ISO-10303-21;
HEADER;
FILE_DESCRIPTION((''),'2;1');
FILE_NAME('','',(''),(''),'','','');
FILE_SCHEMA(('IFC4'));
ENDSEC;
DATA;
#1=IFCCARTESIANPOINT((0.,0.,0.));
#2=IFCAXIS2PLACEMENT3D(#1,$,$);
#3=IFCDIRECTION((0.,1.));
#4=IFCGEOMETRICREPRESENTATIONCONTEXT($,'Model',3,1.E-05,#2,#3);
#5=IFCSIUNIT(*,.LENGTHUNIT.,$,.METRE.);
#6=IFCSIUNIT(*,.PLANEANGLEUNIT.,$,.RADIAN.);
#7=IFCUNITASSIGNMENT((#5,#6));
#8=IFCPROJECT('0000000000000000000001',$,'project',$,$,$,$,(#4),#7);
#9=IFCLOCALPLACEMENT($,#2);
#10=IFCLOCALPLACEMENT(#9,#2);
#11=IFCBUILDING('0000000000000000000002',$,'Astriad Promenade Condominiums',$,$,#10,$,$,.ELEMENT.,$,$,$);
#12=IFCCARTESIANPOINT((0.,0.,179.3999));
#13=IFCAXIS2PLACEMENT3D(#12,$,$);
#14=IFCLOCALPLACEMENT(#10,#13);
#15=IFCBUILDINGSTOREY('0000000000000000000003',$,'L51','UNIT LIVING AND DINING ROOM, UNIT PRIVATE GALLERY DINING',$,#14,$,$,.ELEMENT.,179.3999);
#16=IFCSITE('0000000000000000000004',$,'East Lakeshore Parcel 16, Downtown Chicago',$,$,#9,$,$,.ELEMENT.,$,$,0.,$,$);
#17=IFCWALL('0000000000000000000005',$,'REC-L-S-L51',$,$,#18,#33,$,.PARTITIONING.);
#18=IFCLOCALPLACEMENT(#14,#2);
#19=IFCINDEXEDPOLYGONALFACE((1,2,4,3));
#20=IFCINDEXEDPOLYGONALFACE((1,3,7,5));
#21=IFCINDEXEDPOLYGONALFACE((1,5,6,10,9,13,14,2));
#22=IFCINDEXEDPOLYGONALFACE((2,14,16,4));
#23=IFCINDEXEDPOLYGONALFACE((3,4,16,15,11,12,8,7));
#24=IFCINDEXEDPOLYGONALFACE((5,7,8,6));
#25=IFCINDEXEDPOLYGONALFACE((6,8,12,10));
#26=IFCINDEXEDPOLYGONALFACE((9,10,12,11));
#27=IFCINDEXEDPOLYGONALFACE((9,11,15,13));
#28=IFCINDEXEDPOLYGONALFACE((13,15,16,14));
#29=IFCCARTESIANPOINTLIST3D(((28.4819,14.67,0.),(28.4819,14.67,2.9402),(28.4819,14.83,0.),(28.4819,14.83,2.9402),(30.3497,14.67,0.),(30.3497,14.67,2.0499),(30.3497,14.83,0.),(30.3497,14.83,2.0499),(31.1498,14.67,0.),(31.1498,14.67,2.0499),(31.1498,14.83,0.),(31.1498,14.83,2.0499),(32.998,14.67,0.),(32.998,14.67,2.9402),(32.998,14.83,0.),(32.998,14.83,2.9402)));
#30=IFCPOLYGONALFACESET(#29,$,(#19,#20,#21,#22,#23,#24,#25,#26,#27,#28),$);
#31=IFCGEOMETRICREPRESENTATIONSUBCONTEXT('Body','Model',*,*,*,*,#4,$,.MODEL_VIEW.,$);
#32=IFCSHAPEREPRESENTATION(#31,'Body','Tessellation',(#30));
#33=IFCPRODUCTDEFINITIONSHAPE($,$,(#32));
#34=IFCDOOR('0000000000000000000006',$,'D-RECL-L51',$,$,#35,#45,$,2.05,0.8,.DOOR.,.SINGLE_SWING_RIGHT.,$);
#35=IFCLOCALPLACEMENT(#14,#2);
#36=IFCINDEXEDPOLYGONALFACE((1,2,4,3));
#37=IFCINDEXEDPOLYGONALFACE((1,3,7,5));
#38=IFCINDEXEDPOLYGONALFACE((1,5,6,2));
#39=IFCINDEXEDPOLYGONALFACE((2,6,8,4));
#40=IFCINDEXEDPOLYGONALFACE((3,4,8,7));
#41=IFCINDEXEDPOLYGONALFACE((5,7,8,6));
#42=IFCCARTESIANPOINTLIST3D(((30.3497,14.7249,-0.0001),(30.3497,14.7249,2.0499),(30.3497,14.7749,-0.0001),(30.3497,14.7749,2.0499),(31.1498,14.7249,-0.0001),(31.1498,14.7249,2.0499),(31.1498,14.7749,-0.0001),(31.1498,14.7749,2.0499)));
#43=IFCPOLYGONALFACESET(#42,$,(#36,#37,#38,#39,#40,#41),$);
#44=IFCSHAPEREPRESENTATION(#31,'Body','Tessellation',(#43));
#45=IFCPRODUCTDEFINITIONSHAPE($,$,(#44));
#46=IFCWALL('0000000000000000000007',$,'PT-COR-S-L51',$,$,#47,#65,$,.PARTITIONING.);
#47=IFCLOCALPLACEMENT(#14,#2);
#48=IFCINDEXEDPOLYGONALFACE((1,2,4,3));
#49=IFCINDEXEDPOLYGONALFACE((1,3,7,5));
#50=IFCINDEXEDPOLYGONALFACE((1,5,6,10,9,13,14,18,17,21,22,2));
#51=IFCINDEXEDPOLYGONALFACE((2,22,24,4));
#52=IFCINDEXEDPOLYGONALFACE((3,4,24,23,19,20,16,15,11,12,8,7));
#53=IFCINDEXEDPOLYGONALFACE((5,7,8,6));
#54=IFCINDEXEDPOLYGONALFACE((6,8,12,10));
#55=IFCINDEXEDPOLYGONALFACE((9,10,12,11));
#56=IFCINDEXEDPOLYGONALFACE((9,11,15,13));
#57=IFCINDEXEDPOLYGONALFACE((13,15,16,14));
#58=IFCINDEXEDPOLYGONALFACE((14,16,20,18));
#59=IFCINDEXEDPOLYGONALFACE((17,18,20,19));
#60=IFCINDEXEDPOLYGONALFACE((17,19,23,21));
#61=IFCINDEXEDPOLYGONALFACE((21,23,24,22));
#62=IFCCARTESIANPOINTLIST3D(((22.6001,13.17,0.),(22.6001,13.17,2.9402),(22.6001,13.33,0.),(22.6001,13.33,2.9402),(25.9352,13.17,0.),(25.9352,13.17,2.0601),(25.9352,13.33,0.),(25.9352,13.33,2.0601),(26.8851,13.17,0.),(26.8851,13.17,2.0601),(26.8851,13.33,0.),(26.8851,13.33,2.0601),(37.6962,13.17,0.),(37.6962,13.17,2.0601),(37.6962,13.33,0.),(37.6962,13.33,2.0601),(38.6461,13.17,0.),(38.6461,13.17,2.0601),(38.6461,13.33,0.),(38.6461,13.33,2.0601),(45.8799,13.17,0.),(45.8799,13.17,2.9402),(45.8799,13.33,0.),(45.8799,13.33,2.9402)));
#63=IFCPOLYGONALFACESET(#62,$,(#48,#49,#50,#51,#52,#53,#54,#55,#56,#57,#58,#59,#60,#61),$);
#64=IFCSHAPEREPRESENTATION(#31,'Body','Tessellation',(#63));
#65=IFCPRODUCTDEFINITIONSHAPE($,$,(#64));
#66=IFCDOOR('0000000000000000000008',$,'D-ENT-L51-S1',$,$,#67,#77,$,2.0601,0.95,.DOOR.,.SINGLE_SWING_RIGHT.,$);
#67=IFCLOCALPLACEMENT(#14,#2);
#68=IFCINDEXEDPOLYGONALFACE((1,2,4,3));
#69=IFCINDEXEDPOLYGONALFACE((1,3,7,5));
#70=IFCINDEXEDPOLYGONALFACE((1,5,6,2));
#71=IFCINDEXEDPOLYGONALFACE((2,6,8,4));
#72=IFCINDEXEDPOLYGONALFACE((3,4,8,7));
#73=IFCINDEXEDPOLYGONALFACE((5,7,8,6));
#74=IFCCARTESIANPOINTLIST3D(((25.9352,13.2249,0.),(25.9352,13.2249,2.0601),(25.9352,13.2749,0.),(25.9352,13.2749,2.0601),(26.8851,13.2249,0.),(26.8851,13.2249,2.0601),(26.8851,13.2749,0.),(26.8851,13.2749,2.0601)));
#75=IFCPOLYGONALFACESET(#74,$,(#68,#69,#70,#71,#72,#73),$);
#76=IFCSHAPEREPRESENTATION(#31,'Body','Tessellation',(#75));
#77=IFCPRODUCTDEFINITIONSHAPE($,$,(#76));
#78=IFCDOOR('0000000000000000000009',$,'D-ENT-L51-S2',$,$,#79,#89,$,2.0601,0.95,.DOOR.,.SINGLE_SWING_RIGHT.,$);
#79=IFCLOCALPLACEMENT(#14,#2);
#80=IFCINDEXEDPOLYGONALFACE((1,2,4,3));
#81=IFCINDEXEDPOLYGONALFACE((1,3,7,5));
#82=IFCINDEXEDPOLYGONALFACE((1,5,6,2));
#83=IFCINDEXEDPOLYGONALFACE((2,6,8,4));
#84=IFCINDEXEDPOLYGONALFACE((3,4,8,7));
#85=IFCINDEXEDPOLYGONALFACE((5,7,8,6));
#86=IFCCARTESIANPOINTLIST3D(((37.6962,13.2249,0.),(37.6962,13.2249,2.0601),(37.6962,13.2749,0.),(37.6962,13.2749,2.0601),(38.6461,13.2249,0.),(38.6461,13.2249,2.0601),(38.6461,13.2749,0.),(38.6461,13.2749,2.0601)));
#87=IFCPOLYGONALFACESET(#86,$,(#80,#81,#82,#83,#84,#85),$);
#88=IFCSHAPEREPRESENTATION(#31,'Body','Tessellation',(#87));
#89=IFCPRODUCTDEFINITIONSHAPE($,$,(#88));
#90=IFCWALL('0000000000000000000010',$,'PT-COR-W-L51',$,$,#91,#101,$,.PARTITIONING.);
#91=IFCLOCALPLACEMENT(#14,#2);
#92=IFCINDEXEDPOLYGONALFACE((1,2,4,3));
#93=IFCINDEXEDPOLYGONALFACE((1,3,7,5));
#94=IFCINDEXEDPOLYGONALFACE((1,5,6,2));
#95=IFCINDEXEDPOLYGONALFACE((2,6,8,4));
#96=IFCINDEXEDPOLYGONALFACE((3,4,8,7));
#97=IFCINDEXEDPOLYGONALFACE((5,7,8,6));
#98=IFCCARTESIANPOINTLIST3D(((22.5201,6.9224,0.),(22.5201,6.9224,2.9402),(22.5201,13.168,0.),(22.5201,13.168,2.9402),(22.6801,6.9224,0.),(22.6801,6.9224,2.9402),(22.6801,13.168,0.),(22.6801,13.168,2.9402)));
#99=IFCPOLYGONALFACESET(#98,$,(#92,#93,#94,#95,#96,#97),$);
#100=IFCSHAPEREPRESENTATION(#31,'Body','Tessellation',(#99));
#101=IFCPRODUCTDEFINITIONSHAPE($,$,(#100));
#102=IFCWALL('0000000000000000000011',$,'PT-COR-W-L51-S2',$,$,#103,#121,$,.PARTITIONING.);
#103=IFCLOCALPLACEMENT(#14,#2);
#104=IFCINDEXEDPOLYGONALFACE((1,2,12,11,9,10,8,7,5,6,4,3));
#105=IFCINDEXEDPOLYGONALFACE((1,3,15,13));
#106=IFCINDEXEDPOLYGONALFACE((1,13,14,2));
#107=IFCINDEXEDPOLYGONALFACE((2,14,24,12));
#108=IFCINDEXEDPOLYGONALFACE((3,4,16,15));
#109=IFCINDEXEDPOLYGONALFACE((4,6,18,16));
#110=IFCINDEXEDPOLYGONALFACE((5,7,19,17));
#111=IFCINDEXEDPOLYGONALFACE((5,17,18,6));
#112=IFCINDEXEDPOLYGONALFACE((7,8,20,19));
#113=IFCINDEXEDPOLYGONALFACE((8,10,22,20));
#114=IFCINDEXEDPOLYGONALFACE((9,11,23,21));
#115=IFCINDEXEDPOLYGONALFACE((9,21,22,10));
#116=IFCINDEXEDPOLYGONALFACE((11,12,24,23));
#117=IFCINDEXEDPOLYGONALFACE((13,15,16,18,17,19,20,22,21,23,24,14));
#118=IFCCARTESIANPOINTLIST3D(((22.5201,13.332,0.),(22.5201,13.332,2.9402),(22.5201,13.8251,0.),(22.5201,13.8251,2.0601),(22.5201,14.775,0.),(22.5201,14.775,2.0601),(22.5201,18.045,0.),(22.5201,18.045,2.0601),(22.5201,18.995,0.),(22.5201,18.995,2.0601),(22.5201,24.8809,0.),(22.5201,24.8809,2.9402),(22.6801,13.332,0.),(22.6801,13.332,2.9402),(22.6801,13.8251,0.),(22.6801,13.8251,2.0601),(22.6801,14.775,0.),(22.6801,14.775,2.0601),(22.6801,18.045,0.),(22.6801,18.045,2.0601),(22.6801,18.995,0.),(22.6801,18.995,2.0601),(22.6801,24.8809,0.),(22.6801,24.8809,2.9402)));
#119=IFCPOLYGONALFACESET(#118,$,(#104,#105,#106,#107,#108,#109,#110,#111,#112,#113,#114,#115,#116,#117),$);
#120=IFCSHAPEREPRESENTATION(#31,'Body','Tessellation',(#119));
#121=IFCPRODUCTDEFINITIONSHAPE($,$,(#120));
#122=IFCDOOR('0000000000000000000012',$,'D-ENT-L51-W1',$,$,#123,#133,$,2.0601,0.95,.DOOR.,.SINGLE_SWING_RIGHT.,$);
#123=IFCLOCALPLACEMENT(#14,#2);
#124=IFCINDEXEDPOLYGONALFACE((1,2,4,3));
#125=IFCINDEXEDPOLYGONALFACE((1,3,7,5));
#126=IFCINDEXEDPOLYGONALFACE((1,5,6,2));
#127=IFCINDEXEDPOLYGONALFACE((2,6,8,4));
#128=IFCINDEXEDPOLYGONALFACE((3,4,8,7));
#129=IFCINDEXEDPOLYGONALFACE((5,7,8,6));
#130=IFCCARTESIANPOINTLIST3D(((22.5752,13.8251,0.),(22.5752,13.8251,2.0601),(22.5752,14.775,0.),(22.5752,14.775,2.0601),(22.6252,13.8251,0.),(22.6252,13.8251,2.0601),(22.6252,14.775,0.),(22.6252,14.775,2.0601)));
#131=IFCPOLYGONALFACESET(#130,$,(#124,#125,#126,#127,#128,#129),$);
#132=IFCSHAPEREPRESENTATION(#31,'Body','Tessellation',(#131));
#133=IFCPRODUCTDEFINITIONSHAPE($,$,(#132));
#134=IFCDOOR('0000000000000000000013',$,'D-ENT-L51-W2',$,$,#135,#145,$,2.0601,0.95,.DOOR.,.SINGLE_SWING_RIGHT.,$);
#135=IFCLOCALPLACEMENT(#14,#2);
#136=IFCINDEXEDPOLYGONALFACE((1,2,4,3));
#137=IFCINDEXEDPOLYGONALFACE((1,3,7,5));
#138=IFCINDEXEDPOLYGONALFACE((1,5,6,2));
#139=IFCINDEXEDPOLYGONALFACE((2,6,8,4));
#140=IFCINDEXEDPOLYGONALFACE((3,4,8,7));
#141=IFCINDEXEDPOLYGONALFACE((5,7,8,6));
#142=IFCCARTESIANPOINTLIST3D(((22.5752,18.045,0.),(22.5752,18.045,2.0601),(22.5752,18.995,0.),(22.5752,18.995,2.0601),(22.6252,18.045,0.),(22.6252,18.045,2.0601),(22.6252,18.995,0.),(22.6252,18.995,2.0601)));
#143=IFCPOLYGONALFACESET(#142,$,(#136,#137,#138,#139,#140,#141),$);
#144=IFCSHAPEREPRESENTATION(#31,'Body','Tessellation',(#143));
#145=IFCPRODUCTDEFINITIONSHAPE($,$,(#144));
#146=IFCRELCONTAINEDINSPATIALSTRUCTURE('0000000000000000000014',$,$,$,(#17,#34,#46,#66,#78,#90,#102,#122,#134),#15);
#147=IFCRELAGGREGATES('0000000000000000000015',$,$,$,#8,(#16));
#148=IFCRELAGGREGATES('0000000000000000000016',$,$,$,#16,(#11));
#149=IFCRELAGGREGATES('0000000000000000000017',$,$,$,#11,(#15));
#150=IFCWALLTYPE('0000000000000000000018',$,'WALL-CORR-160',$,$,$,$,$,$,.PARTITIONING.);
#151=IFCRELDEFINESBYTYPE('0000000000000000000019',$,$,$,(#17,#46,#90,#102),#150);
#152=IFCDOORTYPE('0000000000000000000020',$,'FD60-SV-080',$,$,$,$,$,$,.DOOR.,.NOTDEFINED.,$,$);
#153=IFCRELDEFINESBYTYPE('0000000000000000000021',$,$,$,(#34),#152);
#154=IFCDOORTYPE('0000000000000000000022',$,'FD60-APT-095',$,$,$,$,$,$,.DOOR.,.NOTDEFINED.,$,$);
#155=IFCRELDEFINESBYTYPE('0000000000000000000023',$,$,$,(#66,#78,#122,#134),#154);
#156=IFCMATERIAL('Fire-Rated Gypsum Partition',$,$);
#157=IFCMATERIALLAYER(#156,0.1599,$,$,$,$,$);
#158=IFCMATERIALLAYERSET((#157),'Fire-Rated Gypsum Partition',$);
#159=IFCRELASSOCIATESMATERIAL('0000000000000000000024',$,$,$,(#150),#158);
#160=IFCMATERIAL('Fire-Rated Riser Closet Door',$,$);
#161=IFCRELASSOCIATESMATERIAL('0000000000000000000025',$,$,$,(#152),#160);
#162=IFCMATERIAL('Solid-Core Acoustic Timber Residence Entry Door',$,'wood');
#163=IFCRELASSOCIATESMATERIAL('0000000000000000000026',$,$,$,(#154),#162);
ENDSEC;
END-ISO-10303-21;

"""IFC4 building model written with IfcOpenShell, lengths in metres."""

from ifc_helpers import new_model, si_unit, direction, frame, frame_2d, origin, place, context, subcontext, project, spatial, rectangle, extrude, source, transform, mapped, material, layer, layer_set, type_object, type_shapes, element, fill, save


model = new_model("IFC4")

# Units and contexts
model_context = context("Model", 3, precision=1e-05, world=origin(), true_north=direction((0.0, 1.0)))
body_context = subcontext(model_context, "Body", "Model", "MODEL_VIEW")
ifc_project = project(units=[si_unit("LENGTHUNIT", "METRE"), si_unit("PLANEANGLEUNIT", "RADIAN")], contexts=[model_context])

# Site, building, storey
site_placement = place(None, origin())
site = spatial("IfcSite", under=ifc_project, at=site_placement, Name="East Lakeshore Parcel 16, Downtown Chicago", CompositionType="ELEMENT", RefElevation=0.0)
building_placement = place(site_placement, origin())
building = spatial("IfcBuilding", under=site, at=building_placement, Name="Astriad Promenade Condominiums", CompositionType="ELEMENT")
storey_placement = place(building_placement, frame((0.0, 0.0, 179.3999)))
storey = spatial("IfcBuildingStorey", under=building, at=storey_placement, Name="L51", Description="UNIT LIVING AND DINING ROOM, UNIT PRIVATE GALLERY DINING", CompositionType="ELEMENT", Elevation=179.3999)

# Shared definitions
ifc_material_1 = material(Name="Fire-Rated Gypsum Partition")
ifc_layer_1 = layer(ifc_material_1, 0.1599)
ifc_layer_set_1 = layer_set([ifc_layer_1], Name="Fire-Rated Gypsum Partition")
wall_type_1 = type_object("IfcWallType", Name="WALL-CORR-160", PredefinedType="PARTITIONING", material=ifc_layer_set_1)

# Wall, opening, door
wall_1_placement = place(storey_placement, frame((28.4819, 14.75, 0.0), z_axis=(0.0, 0.0, 1.0), x_axis=(1.0, 0.0, 0.0)))
wall_1 = element("IfcWall", 1, at=wall_1_placement, inside=storey, type_object=wall_type_1, Name="REC-L-S-L51", PredefinedType="PARTITIONING", context=body_context, shape_type="SweptSolid", body=[
    extrude(rectangle(XDim=4.5161, YDim=0.1599, at=frame_2d((2.2581, 0.0))), origin(), (0.0, 0.0, 1.0), 2.9402),
])
opening_1_placement = place(wall_1_placement, frame((1.8679, 0.0, 0.0)))
opening_1 = element("IfcOpeningElement", 2, at=opening_1_placement, cuts=wall_1, PredefinedType="OPENING", context=body_context, shape_type="SweptSolid", body=[
    extrude(rectangle(XDim=0.8, YDim=2.05, at=frame_2d((0.3999, 1.0249))), frame((0.0, 0.0898, 0.0), z_axis=(0.0, -1.0, 0.0), x_axis=(1.0, 0.0, 0.0)), (0.0, 0.0, 1.0), 0.1799),
])
ifc_material_2 = material(Name="Fire-Rated Riser Closet Door")
door_type_1 = type_object("IfcDoorType", Name="FD60-SV-080", OperationType="NOTDEFINED", PredefinedType="DOOR", material=ifc_material_2)
shared_shape_1 = source(origin(), body_context, "Body", "SweptSolid", [
    extrude(rectangle(XDim=0.8, YDim=2.05, at=frame_2d((0.3999, 1.0249))), frame((0.0, 0.0249, 0.0), z_axis=(0.0, -1.0, 0.0), x_axis=(1.0, 0.0, 0.0)), (0.0, 0.0, 1.0), 0.05),
])
type_shapes(door_type_1, [shared_shape_1])
door_1_placement = place(opening_1_placement, origin())
door_1 = element("IfcDoor", 3, at=door_1_placement, inside=storey, type_object=door_type_1, Name="D-RECL-L51", OperationType="SINGLE_SWING_RIGHT", OverallHeight=2.05, OverallWidth=0.8, PredefinedType="DOOR", context=body_context, shape_type="MappedRepresentation", body=[
    mapped(shared_shape_1, transform((0.0, 0.0, 0.0), scale=1.0)),
])
fill(opening_1, door_1)

# Wall, openings, doors
wall_2_placement = place(storey_placement, frame((22.6001, 13.25, 0.0), z_axis=(0.0, 0.0, 1.0), x_axis=(1.0, 0.0, 0.0)))
wall_2 = element("IfcWall", 4, at=wall_2_placement, inside=storey, type_object=wall_type_1, Name="PT-COR-S-L51", PredefinedType="PARTITIONING", context=body_context, shape_type="SweptSolid", body=[
    extrude(rectangle(XDim=23.2798, YDim=0.1599, at=frame_2d((11.6399, 0.0))), origin(), (0.0, 0.0, 1.0), 2.9402),
])
opening_2_placement = place(wall_2_placement, frame((3.335, 0.0, 0.0)))
opening_2 = element("IfcOpeningElement", 5, at=opening_2_placement, cuts=wall_2, PredefinedType="OPENING", context=body_context, shape_type="SweptSolid", body=[
    extrude(rectangle(XDim=0.95, YDim=2.0601, at=frame_2d((0.4751, 1.03))), frame((0.0, 0.0898, 0.0), z_axis=(0.0, -1.0, 0.0), x_axis=(1.0, 0.0, 0.0)), (0.0, 0.0, 1.0), 0.1799),
])
opening_3_placement = place(wall_2_placement, frame((15.0959, 0.0, 0.0)))
opening_3 = element("IfcOpeningElement", 6, at=opening_3_placement, cuts=wall_2, PredefinedType="OPENING", context=body_context, shape_type="SweptSolid", body=[
    extrude(rectangle(XDim=0.95, YDim=2.0601, at=frame_2d((0.4751, 1.03))), frame((0.0, 0.0898, 0.0), z_axis=(0.0, -1.0, 0.0), x_axis=(1.0, 0.0, 0.0)), (0.0, 0.0, 1.0), 0.1799),
])
ifc_material_3 = material(Name="Solid-Core Acoustic Timber Residence Entry Door", Category="wood")
door_type_2 = type_object("IfcDoorType", Name="FD60-APT-095", OperationType="NOTDEFINED", PredefinedType="DOOR", material=ifc_material_3)
shared_shape_2 = source(origin(), body_context, "Body", "SweptSolid", [
    extrude(rectangle(XDim=0.95, YDim=2.0601, at=frame_2d((0.4751, 1.03))), frame((0.0, 0.0249, 0.0), z_axis=(0.0, -1.0, 0.0), x_axis=(1.0, 0.0, 0.0)), (0.0, 0.0, 1.0), 0.05),
])
type_shapes(door_type_2, [shared_shape_2])
door_2_placement = place(opening_2_placement, origin())
door_2 = element("IfcDoor", 7, at=door_2_placement, inside=storey, type_object=door_type_2, Name="D-ENT-L51-S1", OperationType="SINGLE_SWING_RIGHT", OverallHeight=2.0601, OverallWidth=0.95, PredefinedType="DOOR", context=body_context, shape_type="MappedRepresentation", body=[
    mapped(shared_shape_2, transform((0.0, 0.0, 0.0), scale=1.0)),
])
fill(opening_2, door_2)
door_3_placement = place(opening_3_placement, origin())
door_3 = element("IfcDoor", 8, at=door_3_placement, inside=storey, type_object=door_type_2, Name="D-ENT-L51-S2", OperationType="SINGLE_SWING_RIGHT", OverallHeight=2.0601, OverallWidth=0.95, PredefinedType="DOOR", context=body_context, shape_type="MappedRepresentation", body=[
    mapped(shared_shape_2, transform((0.0, 0.0, 0.0), scale=1.0)),
])
fill(opening_3, door_3)

# Wall
wall_3_placement = place(storey_placement, frame((22.6001, 6.9224, 0.0), z_axis=(0.0, 0.0, 1.0), x_axis=(0.0, 1.0, 0.0)))
element("IfcWall", 9, at=wall_3_placement, inside=storey, type_object=wall_type_1, Name="PT-COR-W-L51", PredefinedType="PARTITIONING", context=body_context, shape_type="SweptSolid", body=[
    extrude(rectangle(XDim=6.2456, YDim=0.1599, at=frame_2d((3.1228, 0.0))), origin(), (0.0, 0.0, 1.0), 2.9402),
])

# Wall, openings, doors
wall_4_placement = place(storey_placement, frame((22.6001, 13.332, 0.0), z_axis=(0.0, 0.0, 1.0), x_axis=(0.0, 1.0, 0.0)))
wall_4 = element("IfcWall", 10, at=wall_4_placement, inside=storey, type_object=wall_type_1, Name="PT-COR-W-L51-S2", PredefinedType="PARTITIONING", context=body_context, shape_type="SweptSolid", body=[
    extrude(rectangle(XDim=11.5488, YDim=0.1599, at=frame_2d((5.7744, 0.0))), origin(), (0.0, 0.0, 1.0), 2.9402),
])
opening_4_placement = place(wall_4_placement, frame((0.4929, 0.0, 0.0)))
opening_4 = element("IfcOpeningElement", 11, at=opening_4_placement, cuts=wall_4, PredefinedType="OPENING", context=body_context, shape_type="SweptSolid", body=[
    extrude(rectangle(XDim=0.95, YDim=2.0601, at=frame_2d((0.4751, 1.03))), frame((0.0, 0.0898, 0.0), z_axis=(0.0, -1.0, 0.0), x_axis=(1.0, 0.0, 0.0)), (0.0, 0.0, 1.0), 0.1799),
])
opening_5_placement = place(wall_4_placement, frame((4.7129, 0.0, 0.0)))
opening_5 = element("IfcOpeningElement", 12, at=opening_5_placement, cuts=wall_4, PredefinedType="OPENING", context=body_context, shape_type="SweptSolid", body=[
    extrude(rectangle(XDim=0.95, YDim=2.0601, at=frame_2d((0.4751, 1.03))), frame((0.0, 0.0898, 0.0), z_axis=(0.0, -1.0, 0.0), x_axis=(1.0, 0.0, 0.0)), (0.0, 0.0, 1.0), 0.1799),
])
door_4_placement = place(opening_4_placement, origin())
door_4 = element("IfcDoor", 13, at=door_4_placement, inside=storey, type_object=door_type_2, Name="D-ENT-L51-W1", OperationType="SINGLE_SWING_RIGHT", OverallHeight=2.0601, OverallWidth=0.95, PredefinedType="DOOR", context=body_context, shape_type="MappedRepresentation", body=[
    mapped(shared_shape_2, transform((0.0, 0.0, 0.0), scale=1.0)),
])
fill(opening_4, door_4)
door_5_placement = place(opening_5_placement, origin())
door_5 = element("IfcDoor", 14, at=door_5_placement, inside=storey, type_object=door_type_2, Name="D-ENT-L51-W2", OperationType="SINGLE_SWING_RIGHT", OverallHeight=2.0601, OverallWidth=0.95, PredefinedType="DOOR", context=body_context, shape_type="MappedRepresentation", body=[
    mapped(shared_shape_2, transform((0.0, 0.0, 0.0), scale=1.0)),
])
fill(opening_5, door_5)

save(model, "model.ifc")
